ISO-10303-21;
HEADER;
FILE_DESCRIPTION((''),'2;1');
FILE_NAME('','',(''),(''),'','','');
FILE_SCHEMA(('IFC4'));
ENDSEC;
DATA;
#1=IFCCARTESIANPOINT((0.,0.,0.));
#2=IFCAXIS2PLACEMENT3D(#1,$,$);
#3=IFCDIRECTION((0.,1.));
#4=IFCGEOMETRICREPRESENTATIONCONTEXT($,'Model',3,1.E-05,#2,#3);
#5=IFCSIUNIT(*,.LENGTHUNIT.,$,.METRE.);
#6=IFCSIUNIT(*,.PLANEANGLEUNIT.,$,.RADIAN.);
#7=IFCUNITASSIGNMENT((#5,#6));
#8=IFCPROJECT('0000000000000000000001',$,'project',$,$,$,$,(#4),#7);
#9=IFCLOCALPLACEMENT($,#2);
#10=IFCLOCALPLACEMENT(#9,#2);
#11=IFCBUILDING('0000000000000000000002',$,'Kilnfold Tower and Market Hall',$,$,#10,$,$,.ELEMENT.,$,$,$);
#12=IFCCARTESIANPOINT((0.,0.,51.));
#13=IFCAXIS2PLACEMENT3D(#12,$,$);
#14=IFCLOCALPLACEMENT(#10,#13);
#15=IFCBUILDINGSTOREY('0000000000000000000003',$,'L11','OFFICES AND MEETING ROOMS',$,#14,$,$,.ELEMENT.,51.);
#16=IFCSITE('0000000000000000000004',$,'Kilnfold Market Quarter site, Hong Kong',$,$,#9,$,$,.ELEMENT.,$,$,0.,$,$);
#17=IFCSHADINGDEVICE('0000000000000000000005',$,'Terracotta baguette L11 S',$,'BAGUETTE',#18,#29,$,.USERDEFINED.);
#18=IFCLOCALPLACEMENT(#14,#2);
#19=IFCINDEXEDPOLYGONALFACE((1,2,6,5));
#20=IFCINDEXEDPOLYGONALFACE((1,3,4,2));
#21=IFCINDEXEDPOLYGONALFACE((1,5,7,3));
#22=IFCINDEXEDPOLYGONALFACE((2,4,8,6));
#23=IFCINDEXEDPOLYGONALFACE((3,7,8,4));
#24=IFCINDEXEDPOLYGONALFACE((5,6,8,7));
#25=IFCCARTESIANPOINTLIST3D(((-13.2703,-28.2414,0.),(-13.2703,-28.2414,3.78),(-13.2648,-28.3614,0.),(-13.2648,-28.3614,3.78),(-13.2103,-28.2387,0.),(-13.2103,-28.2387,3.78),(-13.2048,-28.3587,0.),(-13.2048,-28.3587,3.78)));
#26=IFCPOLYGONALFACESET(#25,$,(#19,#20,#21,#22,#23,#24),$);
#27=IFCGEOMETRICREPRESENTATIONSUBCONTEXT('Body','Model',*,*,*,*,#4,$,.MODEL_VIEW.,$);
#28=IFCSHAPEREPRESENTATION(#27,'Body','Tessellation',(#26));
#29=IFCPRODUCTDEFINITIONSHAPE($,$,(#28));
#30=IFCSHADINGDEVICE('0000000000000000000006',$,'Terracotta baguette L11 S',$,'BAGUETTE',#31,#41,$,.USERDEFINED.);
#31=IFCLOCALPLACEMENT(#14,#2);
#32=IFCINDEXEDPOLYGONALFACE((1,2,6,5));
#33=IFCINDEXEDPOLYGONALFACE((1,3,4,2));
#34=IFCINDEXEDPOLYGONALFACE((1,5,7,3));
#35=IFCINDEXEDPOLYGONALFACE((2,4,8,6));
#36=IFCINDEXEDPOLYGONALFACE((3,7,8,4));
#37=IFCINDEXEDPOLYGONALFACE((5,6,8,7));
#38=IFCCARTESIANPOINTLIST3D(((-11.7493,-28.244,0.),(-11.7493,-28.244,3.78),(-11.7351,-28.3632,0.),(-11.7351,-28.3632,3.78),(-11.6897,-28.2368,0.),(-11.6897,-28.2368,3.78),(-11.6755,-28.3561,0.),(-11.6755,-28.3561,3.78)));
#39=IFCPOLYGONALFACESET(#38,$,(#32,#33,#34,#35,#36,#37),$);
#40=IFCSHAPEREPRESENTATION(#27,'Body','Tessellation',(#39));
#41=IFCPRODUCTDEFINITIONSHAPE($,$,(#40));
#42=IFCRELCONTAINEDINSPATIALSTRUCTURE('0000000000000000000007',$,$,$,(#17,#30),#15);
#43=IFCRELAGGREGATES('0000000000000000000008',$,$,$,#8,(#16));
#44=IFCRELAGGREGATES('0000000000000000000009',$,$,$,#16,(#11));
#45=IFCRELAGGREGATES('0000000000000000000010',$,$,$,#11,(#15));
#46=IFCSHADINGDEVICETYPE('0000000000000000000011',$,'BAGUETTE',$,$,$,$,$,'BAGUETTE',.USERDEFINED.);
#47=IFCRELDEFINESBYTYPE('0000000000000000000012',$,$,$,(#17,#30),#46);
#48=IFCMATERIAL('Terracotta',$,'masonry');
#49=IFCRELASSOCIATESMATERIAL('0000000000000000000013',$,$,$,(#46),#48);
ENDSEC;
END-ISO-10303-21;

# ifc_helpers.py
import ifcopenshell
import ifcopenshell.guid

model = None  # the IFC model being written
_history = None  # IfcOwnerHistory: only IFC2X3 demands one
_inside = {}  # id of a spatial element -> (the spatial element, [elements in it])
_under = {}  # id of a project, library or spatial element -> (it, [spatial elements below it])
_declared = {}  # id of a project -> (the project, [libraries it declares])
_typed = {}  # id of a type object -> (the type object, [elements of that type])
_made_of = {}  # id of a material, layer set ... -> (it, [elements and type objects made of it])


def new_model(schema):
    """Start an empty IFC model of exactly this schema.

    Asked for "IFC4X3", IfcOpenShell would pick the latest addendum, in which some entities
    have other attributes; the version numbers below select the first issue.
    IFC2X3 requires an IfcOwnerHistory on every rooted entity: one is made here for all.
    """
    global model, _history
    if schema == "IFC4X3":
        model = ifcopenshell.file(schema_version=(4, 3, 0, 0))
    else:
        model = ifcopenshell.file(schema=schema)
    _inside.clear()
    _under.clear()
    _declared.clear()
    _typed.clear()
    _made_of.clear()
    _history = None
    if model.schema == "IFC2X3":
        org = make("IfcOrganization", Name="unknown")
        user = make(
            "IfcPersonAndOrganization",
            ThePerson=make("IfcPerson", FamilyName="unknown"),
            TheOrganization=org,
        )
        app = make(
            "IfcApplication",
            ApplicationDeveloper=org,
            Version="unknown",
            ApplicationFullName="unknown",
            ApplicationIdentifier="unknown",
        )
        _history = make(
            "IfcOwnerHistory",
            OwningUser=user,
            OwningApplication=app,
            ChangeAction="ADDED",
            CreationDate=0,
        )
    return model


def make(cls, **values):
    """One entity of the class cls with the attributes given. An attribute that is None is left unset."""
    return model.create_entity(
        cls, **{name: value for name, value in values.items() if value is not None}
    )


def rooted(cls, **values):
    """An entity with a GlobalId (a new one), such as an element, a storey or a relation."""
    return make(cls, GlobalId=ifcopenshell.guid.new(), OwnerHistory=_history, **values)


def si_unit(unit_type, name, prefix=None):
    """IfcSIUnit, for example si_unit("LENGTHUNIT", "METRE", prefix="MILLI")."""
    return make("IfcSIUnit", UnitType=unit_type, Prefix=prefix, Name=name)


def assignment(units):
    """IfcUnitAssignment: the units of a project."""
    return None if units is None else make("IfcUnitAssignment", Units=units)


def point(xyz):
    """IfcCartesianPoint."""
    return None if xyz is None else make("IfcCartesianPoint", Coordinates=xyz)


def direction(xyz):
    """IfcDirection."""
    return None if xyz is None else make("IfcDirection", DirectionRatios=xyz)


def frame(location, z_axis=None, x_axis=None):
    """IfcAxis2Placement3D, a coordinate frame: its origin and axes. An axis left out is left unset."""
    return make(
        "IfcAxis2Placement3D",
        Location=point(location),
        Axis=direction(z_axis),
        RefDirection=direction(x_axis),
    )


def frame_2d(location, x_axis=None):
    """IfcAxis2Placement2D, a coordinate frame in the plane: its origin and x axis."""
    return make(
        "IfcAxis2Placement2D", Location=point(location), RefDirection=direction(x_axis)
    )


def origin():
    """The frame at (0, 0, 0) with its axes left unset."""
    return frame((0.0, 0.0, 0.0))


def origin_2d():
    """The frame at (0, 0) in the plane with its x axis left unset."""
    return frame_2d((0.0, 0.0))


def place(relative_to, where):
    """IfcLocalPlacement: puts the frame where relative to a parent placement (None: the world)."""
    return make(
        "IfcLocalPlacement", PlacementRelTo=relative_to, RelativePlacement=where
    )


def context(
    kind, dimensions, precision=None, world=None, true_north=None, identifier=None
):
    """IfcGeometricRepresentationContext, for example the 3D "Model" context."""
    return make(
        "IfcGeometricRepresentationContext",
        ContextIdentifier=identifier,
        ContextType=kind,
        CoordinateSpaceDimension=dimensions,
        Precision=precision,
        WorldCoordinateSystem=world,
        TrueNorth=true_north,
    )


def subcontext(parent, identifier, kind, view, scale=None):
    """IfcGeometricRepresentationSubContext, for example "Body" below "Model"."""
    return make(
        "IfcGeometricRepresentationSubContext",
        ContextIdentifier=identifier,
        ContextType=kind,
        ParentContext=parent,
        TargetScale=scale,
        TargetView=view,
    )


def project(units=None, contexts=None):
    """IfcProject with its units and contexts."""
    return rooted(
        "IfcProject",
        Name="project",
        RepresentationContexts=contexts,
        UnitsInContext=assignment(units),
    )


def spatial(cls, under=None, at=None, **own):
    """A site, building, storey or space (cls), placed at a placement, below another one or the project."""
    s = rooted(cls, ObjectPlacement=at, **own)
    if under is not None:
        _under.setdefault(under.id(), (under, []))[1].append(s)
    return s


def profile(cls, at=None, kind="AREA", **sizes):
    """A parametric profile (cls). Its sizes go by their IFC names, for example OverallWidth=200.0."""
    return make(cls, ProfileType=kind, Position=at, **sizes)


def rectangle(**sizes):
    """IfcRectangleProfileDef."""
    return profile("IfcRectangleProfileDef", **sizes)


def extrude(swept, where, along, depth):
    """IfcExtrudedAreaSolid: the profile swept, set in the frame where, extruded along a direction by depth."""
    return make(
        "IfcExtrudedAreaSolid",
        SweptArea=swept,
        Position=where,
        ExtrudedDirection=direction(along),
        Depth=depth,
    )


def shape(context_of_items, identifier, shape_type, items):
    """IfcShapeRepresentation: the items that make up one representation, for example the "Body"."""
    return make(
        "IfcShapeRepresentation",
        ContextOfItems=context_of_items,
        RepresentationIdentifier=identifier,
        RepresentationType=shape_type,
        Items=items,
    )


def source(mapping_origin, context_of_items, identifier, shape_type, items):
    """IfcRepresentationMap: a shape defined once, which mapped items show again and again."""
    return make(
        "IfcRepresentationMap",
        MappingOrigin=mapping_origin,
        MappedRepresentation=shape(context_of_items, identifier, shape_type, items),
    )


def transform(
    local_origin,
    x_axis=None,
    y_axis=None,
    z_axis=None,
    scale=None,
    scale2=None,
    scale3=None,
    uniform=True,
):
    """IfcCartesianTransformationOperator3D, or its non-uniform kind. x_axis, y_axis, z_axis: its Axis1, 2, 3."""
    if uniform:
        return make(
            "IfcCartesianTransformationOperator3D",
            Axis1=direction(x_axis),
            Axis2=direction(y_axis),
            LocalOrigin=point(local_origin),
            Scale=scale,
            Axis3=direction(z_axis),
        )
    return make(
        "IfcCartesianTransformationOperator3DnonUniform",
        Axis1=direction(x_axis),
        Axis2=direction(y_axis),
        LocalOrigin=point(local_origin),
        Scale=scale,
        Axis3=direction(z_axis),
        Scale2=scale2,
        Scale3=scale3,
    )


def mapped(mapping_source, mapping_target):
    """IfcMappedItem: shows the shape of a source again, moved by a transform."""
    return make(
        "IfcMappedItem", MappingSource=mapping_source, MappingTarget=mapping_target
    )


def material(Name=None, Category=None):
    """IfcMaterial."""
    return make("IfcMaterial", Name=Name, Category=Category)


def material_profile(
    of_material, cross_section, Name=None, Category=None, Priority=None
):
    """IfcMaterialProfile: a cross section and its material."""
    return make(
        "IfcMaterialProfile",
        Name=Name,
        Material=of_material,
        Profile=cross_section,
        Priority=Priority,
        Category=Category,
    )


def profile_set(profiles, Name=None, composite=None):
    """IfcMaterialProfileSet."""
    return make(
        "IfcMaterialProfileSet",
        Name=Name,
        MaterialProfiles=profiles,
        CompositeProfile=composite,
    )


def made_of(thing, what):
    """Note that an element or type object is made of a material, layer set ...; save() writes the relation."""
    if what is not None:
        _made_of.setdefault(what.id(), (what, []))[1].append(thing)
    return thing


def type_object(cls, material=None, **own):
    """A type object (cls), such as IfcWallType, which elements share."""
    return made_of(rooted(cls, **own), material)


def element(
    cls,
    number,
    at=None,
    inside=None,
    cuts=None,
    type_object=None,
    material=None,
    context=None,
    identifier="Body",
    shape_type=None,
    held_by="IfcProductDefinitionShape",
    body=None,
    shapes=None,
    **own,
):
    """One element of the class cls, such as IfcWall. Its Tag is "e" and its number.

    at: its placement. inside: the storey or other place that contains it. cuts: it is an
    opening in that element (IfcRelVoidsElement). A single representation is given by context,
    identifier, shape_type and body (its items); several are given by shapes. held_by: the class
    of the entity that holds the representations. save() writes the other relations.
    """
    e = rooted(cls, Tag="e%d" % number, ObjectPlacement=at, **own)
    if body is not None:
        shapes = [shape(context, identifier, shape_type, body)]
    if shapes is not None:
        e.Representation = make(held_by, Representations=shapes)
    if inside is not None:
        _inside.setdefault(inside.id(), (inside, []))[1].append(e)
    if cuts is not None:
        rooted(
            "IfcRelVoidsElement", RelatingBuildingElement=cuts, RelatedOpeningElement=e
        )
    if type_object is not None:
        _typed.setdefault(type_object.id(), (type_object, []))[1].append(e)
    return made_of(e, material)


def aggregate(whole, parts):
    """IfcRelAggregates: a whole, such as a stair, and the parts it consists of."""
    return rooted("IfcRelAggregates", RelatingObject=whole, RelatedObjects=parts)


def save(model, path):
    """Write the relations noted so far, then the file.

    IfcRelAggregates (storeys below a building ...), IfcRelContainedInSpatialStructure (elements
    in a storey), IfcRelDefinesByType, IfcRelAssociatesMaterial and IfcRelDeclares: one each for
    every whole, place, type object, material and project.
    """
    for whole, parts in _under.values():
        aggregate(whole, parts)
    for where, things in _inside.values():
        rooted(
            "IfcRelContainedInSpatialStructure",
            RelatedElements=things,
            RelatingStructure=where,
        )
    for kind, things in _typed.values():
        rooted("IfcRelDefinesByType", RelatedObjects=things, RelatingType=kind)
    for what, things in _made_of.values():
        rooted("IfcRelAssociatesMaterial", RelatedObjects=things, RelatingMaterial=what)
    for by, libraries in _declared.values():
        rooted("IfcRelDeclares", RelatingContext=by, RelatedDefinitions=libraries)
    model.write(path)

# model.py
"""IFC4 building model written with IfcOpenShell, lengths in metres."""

from ifc_helpers import new_model, si_unit, direction, frame, origin, origin_2d, place, context, subcontext, project, spatial, rectangle, extrude, source, transform, mapped, material, material_profile, profile_set, type_object, element, save


model = new_model("IFC4")

# Units and contexts
model_context = context("Model", 3, precision=1e-05, world=origin(), true_north=direction((0.0, 1.0)))
body_context = subcontext(model_context, "Body", "Model", "MODEL_VIEW")
ifc_project = project(units=[si_unit("LENGTHUNIT", "METRE"), si_unit("PLANEANGLEUNIT", "RADIAN")], contexts=[model_context])

# Site, building, storey
site_placement = place(None, origin())
site = spatial("IfcSite", under=ifc_project, at=site_placement, Name="Kilnfold Market Quarter site, Hong Kong", CompositionType="ELEMENT", RefElevation=0.0)
building_placement = place(site_placement, origin())
building = spatial("IfcBuilding", under=site, at=building_placement, Name="Kilnfold Tower and Market Hall", CompositionType="ELEMENT")
storey_placement = place(building_placement, frame((0.0, 0.0, 51.0)))
storey = spatial("IfcBuildingStorey", under=building, at=storey_placement, Name="L11", Description="OFFICES AND MEETING ROOMS", CompositionType="ELEMENT", Elevation=51.0)

# Shading devices
ifc_material_1 = material(Name="Terracotta", Category="masonry")
ifc_material_profile_1 = material_profile(ifc_material_1, rectangle(XDim=0.0601, YDim=0.1201, at=origin_2d()), Name="BAG 60x120")
ifc_profile_set_1 = profile_set([ifc_material_profile_1], Name="Terracotta")
shading_device_type = type_object("IfcShadingDeviceType", Name="BAGUETTE", ElementType="BAGUETTE", PredefinedType="USERDEFINED", material=ifc_profile_set_1)
shared_shape_1 = source(origin(), body_context, "Body", "SweptSolid", [
    extrude(rectangle(XDim=0.0601, YDim=0.1201, at=origin_2d()), origin(), (0.0, 0.0, 1.0), 3.78),
])
for number, where, z_axis, x_axis, name in (
    (1, (-13.2375, -28.3, 0.0), (0.0, 0.0, 1.0), (0.998941, 0.04601, 0.0), "Terracotta baguette L11 S"),
    (2, (-11.7124, -28.3, 0.0), (0.0, 0.0, 1.0), (0.992928, 0.118721, 0.0), "Terracotta baguette L11 S"),
):
    element("IfcShadingDevice", number, at=place(storey_placement, frame(where, z_axis=z_axis, x_axis=x_axis)), inside=storey, type_object=shading_device_type, Name=name, ObjectType="BAGUETTE", PredefinedType="USERDEFINED", context=body_context, shape_type="MappedRepresentation", body=[
        mapped(shared_shape_1, transform((0.0, 0.0, 0.0))),
    ])

save(model, "model.ifc")
